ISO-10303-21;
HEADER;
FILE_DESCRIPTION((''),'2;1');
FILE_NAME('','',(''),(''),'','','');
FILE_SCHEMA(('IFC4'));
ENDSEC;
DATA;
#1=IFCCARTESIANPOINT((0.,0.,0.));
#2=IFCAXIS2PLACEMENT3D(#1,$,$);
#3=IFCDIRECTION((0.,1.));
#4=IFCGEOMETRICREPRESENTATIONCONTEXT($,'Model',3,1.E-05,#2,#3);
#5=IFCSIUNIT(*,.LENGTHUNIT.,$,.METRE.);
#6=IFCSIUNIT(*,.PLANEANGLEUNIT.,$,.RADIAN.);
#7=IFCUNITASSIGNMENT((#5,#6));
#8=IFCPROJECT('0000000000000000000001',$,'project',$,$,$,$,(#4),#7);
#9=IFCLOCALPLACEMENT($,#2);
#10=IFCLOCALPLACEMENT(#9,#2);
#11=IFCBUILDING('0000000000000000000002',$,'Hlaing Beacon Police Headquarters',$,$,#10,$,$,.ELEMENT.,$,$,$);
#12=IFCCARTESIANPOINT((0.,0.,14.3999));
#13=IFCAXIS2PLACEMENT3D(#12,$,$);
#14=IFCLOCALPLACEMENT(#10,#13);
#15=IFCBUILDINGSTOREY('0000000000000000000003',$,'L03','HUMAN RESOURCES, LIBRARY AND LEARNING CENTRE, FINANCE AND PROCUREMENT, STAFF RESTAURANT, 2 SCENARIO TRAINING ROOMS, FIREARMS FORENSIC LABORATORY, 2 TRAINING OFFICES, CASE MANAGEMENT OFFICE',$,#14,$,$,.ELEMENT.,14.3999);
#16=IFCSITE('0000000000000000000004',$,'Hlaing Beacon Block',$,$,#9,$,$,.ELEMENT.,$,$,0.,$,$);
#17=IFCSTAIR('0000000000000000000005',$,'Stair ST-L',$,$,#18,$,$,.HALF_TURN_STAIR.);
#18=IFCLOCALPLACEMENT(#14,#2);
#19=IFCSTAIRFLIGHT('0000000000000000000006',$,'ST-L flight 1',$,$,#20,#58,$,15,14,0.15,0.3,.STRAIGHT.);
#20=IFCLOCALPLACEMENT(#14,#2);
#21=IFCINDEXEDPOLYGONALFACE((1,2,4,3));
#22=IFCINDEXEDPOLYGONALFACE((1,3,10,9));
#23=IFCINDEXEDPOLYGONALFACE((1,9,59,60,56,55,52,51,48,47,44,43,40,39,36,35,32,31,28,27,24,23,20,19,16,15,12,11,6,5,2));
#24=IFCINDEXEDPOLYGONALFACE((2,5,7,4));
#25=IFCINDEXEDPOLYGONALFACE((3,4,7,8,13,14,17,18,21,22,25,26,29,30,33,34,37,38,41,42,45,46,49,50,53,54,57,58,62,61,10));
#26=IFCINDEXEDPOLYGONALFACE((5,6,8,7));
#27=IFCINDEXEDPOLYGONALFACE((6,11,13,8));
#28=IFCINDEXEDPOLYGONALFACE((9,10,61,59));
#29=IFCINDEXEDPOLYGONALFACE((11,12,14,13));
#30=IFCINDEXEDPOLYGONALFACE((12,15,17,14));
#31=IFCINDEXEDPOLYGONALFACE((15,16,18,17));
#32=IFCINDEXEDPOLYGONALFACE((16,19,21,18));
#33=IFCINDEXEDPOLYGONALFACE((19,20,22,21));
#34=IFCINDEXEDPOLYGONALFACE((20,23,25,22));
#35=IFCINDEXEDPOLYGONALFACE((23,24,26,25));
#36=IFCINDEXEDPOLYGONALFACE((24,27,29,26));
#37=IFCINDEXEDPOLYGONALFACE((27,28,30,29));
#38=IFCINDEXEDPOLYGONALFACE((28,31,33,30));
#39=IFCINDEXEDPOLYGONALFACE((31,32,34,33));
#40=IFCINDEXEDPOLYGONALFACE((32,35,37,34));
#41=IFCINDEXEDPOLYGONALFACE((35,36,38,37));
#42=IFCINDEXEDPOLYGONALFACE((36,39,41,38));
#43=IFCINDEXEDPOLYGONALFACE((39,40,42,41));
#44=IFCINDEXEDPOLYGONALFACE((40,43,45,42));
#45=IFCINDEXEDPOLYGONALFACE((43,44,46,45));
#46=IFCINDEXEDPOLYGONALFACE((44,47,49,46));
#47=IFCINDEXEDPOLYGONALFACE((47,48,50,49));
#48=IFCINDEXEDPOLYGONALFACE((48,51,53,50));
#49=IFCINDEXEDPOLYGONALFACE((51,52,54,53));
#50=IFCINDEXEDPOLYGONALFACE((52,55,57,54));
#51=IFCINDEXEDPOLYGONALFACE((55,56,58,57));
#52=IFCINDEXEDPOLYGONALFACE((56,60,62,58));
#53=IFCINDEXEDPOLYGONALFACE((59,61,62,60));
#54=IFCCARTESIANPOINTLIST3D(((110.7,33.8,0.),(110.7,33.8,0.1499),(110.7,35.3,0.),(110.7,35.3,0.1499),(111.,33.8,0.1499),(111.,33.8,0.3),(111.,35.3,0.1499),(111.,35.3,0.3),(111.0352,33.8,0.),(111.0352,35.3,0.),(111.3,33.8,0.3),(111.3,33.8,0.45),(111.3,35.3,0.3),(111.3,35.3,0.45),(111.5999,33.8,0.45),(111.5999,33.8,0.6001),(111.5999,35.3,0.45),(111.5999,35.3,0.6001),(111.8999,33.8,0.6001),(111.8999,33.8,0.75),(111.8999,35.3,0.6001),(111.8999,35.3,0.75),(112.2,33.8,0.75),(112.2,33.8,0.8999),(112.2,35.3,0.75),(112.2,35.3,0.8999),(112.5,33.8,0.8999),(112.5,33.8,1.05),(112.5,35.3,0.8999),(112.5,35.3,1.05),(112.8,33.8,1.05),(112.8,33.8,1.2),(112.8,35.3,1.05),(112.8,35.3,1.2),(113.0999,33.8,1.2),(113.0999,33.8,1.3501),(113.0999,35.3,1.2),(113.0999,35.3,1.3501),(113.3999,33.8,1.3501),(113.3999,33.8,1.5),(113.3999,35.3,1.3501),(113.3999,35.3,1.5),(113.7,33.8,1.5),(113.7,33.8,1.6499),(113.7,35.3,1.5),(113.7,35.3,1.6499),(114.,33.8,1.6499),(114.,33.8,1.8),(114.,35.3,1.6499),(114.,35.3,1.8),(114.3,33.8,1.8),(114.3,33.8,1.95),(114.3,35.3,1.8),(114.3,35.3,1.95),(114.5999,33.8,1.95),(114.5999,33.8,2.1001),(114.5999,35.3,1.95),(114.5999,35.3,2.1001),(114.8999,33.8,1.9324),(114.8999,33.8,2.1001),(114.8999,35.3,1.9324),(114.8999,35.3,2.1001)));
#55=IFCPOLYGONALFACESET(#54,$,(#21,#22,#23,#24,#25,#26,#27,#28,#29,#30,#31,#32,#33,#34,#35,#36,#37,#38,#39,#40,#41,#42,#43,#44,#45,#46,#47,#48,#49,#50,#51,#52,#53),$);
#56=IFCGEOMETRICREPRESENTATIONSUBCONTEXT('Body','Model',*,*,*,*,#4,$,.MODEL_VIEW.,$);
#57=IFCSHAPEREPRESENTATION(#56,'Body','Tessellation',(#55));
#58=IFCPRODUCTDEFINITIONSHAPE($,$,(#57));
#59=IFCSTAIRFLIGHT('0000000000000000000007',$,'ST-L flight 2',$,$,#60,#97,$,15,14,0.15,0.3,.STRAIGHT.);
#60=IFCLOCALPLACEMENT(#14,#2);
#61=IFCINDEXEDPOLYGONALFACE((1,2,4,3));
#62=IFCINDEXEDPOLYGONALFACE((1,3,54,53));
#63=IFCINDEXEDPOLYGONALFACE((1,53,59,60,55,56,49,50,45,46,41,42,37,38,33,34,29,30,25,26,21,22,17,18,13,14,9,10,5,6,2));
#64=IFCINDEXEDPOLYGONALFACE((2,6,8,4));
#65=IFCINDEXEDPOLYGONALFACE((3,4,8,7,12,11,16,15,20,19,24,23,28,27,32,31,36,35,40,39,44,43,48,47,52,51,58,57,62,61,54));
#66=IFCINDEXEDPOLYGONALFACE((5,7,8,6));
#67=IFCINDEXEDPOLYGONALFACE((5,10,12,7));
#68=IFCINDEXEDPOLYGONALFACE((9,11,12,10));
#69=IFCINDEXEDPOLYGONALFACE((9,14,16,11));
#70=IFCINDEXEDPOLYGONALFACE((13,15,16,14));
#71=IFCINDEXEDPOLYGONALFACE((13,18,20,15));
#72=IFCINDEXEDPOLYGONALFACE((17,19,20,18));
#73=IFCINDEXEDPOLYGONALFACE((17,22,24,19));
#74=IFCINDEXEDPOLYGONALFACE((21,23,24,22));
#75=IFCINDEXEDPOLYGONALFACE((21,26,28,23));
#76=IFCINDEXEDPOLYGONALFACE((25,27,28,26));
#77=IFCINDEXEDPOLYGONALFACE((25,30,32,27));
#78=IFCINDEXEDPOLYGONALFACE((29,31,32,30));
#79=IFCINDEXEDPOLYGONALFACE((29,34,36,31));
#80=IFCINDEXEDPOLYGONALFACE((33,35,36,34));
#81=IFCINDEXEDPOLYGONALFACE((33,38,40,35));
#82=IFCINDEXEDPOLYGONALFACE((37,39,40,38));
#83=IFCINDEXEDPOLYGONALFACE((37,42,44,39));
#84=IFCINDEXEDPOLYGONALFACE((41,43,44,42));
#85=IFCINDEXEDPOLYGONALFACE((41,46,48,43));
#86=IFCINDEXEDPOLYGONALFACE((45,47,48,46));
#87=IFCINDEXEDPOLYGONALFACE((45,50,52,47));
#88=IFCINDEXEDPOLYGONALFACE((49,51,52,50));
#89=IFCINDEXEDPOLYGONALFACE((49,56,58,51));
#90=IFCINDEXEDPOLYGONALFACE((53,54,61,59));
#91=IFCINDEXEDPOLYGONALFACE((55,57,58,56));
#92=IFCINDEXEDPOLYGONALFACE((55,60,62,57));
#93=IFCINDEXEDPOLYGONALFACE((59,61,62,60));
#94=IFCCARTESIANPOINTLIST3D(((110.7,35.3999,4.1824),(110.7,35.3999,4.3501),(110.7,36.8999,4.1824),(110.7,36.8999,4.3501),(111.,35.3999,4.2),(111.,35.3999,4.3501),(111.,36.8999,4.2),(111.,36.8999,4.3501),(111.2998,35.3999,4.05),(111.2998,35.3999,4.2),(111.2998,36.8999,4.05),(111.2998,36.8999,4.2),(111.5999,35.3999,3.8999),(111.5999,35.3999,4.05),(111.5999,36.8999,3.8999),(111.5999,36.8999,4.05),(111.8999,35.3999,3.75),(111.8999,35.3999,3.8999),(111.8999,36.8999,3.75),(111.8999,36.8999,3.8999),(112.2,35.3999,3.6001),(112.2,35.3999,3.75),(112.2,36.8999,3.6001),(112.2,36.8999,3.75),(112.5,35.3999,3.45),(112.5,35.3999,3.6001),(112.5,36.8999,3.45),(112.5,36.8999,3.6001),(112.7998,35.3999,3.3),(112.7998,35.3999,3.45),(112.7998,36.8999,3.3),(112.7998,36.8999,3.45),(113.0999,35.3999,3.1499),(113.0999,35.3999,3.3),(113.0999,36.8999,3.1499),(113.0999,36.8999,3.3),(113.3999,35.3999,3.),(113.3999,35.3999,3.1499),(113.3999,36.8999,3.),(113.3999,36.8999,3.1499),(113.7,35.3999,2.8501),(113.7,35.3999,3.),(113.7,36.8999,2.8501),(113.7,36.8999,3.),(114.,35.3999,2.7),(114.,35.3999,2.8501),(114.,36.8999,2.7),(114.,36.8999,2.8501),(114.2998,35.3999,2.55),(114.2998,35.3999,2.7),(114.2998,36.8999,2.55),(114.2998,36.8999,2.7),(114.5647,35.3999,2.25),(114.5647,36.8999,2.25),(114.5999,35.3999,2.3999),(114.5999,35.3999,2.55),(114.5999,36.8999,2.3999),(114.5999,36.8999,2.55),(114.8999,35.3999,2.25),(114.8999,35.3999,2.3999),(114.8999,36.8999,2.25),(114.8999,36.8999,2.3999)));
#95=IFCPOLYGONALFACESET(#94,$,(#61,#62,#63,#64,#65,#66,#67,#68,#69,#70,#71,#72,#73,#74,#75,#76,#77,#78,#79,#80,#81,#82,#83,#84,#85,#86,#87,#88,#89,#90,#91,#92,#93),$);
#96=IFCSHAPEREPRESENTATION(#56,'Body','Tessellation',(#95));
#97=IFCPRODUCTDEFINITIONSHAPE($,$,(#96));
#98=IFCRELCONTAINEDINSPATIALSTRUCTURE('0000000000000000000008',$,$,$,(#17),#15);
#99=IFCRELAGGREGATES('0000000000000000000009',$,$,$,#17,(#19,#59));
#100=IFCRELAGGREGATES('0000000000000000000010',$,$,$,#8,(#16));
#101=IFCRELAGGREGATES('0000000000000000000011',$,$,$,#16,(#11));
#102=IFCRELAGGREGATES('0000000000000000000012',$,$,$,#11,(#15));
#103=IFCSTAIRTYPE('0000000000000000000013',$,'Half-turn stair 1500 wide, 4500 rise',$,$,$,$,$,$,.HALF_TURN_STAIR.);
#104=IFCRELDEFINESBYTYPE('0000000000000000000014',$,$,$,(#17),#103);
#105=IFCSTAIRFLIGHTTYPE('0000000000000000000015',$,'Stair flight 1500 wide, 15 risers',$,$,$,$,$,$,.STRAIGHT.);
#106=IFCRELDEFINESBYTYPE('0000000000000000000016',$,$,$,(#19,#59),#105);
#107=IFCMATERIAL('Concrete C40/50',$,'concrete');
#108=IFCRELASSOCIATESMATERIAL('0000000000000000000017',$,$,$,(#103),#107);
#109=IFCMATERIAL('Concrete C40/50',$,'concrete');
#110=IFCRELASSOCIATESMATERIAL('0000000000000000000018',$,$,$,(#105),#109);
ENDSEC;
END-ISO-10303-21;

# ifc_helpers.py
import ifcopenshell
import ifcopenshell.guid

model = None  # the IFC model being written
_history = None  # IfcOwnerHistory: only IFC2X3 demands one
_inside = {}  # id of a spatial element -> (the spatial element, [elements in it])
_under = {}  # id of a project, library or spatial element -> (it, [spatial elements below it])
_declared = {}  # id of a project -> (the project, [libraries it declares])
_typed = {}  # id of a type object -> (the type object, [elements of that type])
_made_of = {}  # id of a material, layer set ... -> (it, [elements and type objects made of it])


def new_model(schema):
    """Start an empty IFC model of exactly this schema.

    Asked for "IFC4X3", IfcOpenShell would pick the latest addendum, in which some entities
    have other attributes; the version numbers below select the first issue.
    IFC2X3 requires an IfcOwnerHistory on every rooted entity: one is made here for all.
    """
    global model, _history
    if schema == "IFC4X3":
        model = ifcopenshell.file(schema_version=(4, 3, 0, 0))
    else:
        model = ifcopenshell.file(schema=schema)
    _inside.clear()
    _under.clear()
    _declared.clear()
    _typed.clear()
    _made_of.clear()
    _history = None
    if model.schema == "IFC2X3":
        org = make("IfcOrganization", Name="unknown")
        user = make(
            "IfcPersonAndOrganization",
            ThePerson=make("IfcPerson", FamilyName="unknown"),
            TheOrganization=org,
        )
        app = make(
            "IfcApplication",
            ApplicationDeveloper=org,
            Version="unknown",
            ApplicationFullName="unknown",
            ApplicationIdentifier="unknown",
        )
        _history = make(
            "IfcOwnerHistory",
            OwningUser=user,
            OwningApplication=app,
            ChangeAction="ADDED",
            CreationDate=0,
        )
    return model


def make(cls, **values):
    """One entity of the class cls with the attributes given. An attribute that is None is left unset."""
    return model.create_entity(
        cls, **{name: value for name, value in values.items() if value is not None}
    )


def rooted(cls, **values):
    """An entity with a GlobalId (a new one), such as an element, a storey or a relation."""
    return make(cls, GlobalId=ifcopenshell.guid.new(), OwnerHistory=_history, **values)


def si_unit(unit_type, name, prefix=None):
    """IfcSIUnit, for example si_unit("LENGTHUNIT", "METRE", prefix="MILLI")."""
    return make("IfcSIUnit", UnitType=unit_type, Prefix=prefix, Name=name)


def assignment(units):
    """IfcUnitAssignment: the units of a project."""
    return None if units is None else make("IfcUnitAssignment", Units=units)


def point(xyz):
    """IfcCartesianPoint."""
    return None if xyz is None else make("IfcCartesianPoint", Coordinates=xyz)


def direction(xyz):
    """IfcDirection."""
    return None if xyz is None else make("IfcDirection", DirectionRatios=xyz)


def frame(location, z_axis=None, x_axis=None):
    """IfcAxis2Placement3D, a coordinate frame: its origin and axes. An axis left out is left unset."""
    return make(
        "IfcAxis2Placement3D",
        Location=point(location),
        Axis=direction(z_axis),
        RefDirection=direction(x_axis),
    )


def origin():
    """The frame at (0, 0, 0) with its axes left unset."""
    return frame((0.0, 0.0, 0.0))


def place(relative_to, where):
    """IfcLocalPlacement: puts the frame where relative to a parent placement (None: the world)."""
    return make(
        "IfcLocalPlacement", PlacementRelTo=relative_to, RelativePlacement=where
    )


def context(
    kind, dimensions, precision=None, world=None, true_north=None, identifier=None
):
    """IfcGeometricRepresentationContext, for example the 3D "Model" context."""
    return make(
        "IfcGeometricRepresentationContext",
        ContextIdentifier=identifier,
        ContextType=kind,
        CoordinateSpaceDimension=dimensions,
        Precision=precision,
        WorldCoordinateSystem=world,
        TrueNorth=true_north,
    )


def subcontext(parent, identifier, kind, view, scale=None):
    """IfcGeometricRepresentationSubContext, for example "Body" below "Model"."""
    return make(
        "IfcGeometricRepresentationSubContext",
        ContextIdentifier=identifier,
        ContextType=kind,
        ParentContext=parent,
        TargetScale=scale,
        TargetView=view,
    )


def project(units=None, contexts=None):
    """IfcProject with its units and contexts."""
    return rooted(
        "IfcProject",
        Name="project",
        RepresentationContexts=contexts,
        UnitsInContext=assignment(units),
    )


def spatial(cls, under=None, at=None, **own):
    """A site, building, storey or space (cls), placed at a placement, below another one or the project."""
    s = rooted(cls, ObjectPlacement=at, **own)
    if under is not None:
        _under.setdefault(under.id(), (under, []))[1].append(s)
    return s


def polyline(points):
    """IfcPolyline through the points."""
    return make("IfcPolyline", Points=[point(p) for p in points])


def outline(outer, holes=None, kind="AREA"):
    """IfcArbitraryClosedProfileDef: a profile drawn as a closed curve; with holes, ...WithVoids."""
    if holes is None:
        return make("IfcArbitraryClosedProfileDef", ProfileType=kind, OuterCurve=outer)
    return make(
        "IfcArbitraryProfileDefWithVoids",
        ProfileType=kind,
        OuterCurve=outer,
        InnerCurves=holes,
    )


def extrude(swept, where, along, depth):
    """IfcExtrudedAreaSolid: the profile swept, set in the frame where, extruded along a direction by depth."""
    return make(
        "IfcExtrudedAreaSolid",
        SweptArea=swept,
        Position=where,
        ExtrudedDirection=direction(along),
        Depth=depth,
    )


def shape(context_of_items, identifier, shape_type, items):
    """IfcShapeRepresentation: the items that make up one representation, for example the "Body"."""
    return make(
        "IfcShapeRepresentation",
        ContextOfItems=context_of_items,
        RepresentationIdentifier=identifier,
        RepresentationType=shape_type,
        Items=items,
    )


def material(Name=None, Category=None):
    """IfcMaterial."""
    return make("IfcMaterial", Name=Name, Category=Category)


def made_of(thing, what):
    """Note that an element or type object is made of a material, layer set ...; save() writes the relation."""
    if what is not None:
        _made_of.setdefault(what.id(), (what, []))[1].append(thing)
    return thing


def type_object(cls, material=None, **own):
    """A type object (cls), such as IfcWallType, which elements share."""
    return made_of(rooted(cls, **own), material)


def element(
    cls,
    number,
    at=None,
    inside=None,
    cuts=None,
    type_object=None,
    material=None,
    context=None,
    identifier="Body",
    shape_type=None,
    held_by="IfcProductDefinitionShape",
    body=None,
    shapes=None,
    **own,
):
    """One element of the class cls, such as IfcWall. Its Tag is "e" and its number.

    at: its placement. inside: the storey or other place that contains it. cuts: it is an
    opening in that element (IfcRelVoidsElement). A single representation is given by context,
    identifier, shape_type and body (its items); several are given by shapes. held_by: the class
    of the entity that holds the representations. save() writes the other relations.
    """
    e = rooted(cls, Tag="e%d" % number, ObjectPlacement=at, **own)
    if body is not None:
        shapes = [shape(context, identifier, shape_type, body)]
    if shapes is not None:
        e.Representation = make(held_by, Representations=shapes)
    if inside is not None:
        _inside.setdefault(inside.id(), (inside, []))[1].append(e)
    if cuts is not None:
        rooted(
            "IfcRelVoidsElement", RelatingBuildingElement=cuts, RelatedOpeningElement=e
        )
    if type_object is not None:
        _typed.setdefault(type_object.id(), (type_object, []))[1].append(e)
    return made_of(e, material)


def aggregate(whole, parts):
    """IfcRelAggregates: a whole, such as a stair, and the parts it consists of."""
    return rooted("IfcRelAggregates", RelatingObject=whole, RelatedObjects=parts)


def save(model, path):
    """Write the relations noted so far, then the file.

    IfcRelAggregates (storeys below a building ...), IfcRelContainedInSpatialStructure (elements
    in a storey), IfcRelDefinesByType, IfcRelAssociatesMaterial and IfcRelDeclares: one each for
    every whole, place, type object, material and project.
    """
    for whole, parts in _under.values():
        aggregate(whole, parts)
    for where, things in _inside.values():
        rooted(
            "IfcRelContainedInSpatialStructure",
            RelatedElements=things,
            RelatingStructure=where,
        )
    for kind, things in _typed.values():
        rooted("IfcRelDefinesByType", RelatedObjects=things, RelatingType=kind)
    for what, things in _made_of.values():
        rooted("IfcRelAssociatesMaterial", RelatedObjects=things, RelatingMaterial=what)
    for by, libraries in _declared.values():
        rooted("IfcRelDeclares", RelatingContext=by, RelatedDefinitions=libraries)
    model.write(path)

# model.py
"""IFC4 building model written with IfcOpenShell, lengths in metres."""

from ifc_helpers import new_model, si_unit, direction, frame, origin, place, context, subcontext, project, spatial, polyline, outline, extrude, material, type_object, element, aggregate, save


model = new_model("IFC4")

# Units and contexts
model_context = context("Model", 3, precision=1e-05, world=origin(), true_north=direction((0.0, 1.0)))
body_context = subcontext(model_context, "Body", "Model", "MODEL_VIEW")
ifc_project = project(units=[si_unit("LENGTHUNIT", "METRE"), si_unit("PLANEANGLEUNIT", "RADIAN")], contexts=[model_context])

# Site, building, storey
site_placement = place(None, origin())
site = spatial("IfcSite", under=ifc_project, at=site_placement, Name="Hlaing Beacon Block", CompositionType="ELEMENT", RefElevation=0.0)
building_placement = place(site_placement, origin())
building = spatial("IfcBuilding", under=site, at=building_placement, Name="Hlaing Beacon Police Headquarters", CompositionType="ELEMENT")
storey_placement = place(building_placement, frame((0.0, 0.0, 14.3999)))
storey = spatial("IfcBuildingStorey", under=building, at=storey_placement, Name="L03", Description="HUMAN RESOURCES, LIBRARY AND LEARNING CENTRE, FINANCE AND PROCUREMENT, STAFF RESTAURANT, 2 SCENARIO TRAINING ROOMS, FIREARMS FORENSIC LABORATORY, 2 TRAINING OFFICES, CASE MANAGEMENT OFFICE", CompositionType="ELEMENT", Elevation=14.3999)

# Stair, stair flights
ifc_material_1 = material(Name="Concrete C40/50", Category="concrete")
stair_type = type_object("IfcStairType", Name="Half-turn stair 1500 wide, 4500 rise", PredefinedType="HALF_TURN_STAIR", material=ifc_material_1)
stair_placement = place(storey_placement, origin())
stair = element("IfcStair", 1, at=stair_placement, inside=storey, type_object=stair_type, Name="Stair ST-L", PredefinedType="HALF_TURN_STAIR")
ifc_material_2 = material(Name="Concrete C40/50", Category="concrete")
stair_flight_type = type_object("IfcStairFlightType", Name="Stair flight 1500 wide, 15 risers", PredefinedType="STRAIGHT", material=ifc_material_2)
stair_flight_1_placement = place(storey_placement, frame((110.7, 34.55, 0.0), z_axis=(0.0, 0.0, 1.0), x_axis=(1.0, 0.0, 0.0)))
stair_flight_1 = element("IfcStairFlight", 2, at=stair_flight_1_placement, type_object=stair_flight_type, Name="ST-L flight 1", NumberOfRisers=15, NumberOfTreads=14, PredefinedType="STRAIGHT", RiserHeight=0.15, TreadLength=0.3, context=body_context, shape_type="SweptSolid", body=[
    extrude(outline(polyline([(0.0, 0.0), (0.0, 0.1499), (0.3, 0.1499), (0.3, 0.3), (0.6001, 0.3), (0.6001, 0.45), (0.8999, 0.45), (0.8999, 0.6001), (1.2, 0.6001), (1.2, 0.75), (1.5, 0.75), (1.5, 0.8999), (1.8, 0.8999), (1.8, 1.05), (2.1001, 1.05), (2.1001, 1.2), (2.3999, 1.2), (2.3999, 1.3501), (2.7, 1.3501), (2.7, 1.5), (3.0, 1.5), (3.0, 1.6499), (3.3, 1.6499), (3.3, 1.8), (3.6001, 1.8), (3.6001, 1.95), (3.8999, 1.95), (3.8999, 2.1001), (4.2, 2.1001), (4.2, 2.25), (4.2, 1.9324), (0.3352, 0.0), (0.0, 0.0)])), frame((0.0, 0.75, 0.0), z_axis=(0.0, -1.0, 0.0), x_axis=(1.0, 0.0, 0.0)), (0.0, 0.0, 1.0), 1.5),
])
stair_flight_2_placement = place(storey_placement, frame((114.8999, 36.1499, 2.25), z_axis=(0.0, 0.0, 1.0), x_axis=(-1.0, 0.0, 0.0)))
stair_flight_2 = element("IfcStairFlight", 3, at=stair_flight_2_placement, type_object=stair_flight_type, Name="ST-L flight 2", NumberOfRisers=15, NumberOfTreads=14, PredefinedType="STRAIGHT", RiserHeight=0.15, TreadLength=0.3, context=body_context, shape_type="SweptSolid", body=[
    extrude(outline(polyline([(0.0, 0.0), (0.0, 0.1499), (0.3, 0.1499), (0.3, 0.3), (0.6001, 0.3), (0.6001, 0.45), (0.8999, 0.45), (0.8999, 0.6001), (1.2, 0.6001), (1.2, 0.75), (1.5, 0.75), (1.5, 0.8999), (1.8, 0.8999), (1.8, 1.05), (2.1001, 1.05), (2.1001, 1.2), (2.3999, 1.2), (2.3999, 1.3501), (2.7, 1.3501), (2.7, 1.5), (3.0, 1.5), (3.0, 1.6499), (3.3, 1.6499), (3.3, 1.8), (3.6001, 1.8), (3.6001, 1.95), (3.8999, 1.95), (3.8999, 2.1001), (4.2, 2.1001), (4.2, 2.25), (4.2, 1.9324), (0.3352, 0.0), (0.0, 0.0)])), frame((0.0, 0.75, 0.0), z_axis=(0.0, -1.0, 0.0), x_axis=(1.0, 0.0, 0.0)), (0.0, 0.0, 1.0), 1.5),
])
aggregate(stair, [stair_flight_1, stair_flight_2])

save(model, "model.ifc")
